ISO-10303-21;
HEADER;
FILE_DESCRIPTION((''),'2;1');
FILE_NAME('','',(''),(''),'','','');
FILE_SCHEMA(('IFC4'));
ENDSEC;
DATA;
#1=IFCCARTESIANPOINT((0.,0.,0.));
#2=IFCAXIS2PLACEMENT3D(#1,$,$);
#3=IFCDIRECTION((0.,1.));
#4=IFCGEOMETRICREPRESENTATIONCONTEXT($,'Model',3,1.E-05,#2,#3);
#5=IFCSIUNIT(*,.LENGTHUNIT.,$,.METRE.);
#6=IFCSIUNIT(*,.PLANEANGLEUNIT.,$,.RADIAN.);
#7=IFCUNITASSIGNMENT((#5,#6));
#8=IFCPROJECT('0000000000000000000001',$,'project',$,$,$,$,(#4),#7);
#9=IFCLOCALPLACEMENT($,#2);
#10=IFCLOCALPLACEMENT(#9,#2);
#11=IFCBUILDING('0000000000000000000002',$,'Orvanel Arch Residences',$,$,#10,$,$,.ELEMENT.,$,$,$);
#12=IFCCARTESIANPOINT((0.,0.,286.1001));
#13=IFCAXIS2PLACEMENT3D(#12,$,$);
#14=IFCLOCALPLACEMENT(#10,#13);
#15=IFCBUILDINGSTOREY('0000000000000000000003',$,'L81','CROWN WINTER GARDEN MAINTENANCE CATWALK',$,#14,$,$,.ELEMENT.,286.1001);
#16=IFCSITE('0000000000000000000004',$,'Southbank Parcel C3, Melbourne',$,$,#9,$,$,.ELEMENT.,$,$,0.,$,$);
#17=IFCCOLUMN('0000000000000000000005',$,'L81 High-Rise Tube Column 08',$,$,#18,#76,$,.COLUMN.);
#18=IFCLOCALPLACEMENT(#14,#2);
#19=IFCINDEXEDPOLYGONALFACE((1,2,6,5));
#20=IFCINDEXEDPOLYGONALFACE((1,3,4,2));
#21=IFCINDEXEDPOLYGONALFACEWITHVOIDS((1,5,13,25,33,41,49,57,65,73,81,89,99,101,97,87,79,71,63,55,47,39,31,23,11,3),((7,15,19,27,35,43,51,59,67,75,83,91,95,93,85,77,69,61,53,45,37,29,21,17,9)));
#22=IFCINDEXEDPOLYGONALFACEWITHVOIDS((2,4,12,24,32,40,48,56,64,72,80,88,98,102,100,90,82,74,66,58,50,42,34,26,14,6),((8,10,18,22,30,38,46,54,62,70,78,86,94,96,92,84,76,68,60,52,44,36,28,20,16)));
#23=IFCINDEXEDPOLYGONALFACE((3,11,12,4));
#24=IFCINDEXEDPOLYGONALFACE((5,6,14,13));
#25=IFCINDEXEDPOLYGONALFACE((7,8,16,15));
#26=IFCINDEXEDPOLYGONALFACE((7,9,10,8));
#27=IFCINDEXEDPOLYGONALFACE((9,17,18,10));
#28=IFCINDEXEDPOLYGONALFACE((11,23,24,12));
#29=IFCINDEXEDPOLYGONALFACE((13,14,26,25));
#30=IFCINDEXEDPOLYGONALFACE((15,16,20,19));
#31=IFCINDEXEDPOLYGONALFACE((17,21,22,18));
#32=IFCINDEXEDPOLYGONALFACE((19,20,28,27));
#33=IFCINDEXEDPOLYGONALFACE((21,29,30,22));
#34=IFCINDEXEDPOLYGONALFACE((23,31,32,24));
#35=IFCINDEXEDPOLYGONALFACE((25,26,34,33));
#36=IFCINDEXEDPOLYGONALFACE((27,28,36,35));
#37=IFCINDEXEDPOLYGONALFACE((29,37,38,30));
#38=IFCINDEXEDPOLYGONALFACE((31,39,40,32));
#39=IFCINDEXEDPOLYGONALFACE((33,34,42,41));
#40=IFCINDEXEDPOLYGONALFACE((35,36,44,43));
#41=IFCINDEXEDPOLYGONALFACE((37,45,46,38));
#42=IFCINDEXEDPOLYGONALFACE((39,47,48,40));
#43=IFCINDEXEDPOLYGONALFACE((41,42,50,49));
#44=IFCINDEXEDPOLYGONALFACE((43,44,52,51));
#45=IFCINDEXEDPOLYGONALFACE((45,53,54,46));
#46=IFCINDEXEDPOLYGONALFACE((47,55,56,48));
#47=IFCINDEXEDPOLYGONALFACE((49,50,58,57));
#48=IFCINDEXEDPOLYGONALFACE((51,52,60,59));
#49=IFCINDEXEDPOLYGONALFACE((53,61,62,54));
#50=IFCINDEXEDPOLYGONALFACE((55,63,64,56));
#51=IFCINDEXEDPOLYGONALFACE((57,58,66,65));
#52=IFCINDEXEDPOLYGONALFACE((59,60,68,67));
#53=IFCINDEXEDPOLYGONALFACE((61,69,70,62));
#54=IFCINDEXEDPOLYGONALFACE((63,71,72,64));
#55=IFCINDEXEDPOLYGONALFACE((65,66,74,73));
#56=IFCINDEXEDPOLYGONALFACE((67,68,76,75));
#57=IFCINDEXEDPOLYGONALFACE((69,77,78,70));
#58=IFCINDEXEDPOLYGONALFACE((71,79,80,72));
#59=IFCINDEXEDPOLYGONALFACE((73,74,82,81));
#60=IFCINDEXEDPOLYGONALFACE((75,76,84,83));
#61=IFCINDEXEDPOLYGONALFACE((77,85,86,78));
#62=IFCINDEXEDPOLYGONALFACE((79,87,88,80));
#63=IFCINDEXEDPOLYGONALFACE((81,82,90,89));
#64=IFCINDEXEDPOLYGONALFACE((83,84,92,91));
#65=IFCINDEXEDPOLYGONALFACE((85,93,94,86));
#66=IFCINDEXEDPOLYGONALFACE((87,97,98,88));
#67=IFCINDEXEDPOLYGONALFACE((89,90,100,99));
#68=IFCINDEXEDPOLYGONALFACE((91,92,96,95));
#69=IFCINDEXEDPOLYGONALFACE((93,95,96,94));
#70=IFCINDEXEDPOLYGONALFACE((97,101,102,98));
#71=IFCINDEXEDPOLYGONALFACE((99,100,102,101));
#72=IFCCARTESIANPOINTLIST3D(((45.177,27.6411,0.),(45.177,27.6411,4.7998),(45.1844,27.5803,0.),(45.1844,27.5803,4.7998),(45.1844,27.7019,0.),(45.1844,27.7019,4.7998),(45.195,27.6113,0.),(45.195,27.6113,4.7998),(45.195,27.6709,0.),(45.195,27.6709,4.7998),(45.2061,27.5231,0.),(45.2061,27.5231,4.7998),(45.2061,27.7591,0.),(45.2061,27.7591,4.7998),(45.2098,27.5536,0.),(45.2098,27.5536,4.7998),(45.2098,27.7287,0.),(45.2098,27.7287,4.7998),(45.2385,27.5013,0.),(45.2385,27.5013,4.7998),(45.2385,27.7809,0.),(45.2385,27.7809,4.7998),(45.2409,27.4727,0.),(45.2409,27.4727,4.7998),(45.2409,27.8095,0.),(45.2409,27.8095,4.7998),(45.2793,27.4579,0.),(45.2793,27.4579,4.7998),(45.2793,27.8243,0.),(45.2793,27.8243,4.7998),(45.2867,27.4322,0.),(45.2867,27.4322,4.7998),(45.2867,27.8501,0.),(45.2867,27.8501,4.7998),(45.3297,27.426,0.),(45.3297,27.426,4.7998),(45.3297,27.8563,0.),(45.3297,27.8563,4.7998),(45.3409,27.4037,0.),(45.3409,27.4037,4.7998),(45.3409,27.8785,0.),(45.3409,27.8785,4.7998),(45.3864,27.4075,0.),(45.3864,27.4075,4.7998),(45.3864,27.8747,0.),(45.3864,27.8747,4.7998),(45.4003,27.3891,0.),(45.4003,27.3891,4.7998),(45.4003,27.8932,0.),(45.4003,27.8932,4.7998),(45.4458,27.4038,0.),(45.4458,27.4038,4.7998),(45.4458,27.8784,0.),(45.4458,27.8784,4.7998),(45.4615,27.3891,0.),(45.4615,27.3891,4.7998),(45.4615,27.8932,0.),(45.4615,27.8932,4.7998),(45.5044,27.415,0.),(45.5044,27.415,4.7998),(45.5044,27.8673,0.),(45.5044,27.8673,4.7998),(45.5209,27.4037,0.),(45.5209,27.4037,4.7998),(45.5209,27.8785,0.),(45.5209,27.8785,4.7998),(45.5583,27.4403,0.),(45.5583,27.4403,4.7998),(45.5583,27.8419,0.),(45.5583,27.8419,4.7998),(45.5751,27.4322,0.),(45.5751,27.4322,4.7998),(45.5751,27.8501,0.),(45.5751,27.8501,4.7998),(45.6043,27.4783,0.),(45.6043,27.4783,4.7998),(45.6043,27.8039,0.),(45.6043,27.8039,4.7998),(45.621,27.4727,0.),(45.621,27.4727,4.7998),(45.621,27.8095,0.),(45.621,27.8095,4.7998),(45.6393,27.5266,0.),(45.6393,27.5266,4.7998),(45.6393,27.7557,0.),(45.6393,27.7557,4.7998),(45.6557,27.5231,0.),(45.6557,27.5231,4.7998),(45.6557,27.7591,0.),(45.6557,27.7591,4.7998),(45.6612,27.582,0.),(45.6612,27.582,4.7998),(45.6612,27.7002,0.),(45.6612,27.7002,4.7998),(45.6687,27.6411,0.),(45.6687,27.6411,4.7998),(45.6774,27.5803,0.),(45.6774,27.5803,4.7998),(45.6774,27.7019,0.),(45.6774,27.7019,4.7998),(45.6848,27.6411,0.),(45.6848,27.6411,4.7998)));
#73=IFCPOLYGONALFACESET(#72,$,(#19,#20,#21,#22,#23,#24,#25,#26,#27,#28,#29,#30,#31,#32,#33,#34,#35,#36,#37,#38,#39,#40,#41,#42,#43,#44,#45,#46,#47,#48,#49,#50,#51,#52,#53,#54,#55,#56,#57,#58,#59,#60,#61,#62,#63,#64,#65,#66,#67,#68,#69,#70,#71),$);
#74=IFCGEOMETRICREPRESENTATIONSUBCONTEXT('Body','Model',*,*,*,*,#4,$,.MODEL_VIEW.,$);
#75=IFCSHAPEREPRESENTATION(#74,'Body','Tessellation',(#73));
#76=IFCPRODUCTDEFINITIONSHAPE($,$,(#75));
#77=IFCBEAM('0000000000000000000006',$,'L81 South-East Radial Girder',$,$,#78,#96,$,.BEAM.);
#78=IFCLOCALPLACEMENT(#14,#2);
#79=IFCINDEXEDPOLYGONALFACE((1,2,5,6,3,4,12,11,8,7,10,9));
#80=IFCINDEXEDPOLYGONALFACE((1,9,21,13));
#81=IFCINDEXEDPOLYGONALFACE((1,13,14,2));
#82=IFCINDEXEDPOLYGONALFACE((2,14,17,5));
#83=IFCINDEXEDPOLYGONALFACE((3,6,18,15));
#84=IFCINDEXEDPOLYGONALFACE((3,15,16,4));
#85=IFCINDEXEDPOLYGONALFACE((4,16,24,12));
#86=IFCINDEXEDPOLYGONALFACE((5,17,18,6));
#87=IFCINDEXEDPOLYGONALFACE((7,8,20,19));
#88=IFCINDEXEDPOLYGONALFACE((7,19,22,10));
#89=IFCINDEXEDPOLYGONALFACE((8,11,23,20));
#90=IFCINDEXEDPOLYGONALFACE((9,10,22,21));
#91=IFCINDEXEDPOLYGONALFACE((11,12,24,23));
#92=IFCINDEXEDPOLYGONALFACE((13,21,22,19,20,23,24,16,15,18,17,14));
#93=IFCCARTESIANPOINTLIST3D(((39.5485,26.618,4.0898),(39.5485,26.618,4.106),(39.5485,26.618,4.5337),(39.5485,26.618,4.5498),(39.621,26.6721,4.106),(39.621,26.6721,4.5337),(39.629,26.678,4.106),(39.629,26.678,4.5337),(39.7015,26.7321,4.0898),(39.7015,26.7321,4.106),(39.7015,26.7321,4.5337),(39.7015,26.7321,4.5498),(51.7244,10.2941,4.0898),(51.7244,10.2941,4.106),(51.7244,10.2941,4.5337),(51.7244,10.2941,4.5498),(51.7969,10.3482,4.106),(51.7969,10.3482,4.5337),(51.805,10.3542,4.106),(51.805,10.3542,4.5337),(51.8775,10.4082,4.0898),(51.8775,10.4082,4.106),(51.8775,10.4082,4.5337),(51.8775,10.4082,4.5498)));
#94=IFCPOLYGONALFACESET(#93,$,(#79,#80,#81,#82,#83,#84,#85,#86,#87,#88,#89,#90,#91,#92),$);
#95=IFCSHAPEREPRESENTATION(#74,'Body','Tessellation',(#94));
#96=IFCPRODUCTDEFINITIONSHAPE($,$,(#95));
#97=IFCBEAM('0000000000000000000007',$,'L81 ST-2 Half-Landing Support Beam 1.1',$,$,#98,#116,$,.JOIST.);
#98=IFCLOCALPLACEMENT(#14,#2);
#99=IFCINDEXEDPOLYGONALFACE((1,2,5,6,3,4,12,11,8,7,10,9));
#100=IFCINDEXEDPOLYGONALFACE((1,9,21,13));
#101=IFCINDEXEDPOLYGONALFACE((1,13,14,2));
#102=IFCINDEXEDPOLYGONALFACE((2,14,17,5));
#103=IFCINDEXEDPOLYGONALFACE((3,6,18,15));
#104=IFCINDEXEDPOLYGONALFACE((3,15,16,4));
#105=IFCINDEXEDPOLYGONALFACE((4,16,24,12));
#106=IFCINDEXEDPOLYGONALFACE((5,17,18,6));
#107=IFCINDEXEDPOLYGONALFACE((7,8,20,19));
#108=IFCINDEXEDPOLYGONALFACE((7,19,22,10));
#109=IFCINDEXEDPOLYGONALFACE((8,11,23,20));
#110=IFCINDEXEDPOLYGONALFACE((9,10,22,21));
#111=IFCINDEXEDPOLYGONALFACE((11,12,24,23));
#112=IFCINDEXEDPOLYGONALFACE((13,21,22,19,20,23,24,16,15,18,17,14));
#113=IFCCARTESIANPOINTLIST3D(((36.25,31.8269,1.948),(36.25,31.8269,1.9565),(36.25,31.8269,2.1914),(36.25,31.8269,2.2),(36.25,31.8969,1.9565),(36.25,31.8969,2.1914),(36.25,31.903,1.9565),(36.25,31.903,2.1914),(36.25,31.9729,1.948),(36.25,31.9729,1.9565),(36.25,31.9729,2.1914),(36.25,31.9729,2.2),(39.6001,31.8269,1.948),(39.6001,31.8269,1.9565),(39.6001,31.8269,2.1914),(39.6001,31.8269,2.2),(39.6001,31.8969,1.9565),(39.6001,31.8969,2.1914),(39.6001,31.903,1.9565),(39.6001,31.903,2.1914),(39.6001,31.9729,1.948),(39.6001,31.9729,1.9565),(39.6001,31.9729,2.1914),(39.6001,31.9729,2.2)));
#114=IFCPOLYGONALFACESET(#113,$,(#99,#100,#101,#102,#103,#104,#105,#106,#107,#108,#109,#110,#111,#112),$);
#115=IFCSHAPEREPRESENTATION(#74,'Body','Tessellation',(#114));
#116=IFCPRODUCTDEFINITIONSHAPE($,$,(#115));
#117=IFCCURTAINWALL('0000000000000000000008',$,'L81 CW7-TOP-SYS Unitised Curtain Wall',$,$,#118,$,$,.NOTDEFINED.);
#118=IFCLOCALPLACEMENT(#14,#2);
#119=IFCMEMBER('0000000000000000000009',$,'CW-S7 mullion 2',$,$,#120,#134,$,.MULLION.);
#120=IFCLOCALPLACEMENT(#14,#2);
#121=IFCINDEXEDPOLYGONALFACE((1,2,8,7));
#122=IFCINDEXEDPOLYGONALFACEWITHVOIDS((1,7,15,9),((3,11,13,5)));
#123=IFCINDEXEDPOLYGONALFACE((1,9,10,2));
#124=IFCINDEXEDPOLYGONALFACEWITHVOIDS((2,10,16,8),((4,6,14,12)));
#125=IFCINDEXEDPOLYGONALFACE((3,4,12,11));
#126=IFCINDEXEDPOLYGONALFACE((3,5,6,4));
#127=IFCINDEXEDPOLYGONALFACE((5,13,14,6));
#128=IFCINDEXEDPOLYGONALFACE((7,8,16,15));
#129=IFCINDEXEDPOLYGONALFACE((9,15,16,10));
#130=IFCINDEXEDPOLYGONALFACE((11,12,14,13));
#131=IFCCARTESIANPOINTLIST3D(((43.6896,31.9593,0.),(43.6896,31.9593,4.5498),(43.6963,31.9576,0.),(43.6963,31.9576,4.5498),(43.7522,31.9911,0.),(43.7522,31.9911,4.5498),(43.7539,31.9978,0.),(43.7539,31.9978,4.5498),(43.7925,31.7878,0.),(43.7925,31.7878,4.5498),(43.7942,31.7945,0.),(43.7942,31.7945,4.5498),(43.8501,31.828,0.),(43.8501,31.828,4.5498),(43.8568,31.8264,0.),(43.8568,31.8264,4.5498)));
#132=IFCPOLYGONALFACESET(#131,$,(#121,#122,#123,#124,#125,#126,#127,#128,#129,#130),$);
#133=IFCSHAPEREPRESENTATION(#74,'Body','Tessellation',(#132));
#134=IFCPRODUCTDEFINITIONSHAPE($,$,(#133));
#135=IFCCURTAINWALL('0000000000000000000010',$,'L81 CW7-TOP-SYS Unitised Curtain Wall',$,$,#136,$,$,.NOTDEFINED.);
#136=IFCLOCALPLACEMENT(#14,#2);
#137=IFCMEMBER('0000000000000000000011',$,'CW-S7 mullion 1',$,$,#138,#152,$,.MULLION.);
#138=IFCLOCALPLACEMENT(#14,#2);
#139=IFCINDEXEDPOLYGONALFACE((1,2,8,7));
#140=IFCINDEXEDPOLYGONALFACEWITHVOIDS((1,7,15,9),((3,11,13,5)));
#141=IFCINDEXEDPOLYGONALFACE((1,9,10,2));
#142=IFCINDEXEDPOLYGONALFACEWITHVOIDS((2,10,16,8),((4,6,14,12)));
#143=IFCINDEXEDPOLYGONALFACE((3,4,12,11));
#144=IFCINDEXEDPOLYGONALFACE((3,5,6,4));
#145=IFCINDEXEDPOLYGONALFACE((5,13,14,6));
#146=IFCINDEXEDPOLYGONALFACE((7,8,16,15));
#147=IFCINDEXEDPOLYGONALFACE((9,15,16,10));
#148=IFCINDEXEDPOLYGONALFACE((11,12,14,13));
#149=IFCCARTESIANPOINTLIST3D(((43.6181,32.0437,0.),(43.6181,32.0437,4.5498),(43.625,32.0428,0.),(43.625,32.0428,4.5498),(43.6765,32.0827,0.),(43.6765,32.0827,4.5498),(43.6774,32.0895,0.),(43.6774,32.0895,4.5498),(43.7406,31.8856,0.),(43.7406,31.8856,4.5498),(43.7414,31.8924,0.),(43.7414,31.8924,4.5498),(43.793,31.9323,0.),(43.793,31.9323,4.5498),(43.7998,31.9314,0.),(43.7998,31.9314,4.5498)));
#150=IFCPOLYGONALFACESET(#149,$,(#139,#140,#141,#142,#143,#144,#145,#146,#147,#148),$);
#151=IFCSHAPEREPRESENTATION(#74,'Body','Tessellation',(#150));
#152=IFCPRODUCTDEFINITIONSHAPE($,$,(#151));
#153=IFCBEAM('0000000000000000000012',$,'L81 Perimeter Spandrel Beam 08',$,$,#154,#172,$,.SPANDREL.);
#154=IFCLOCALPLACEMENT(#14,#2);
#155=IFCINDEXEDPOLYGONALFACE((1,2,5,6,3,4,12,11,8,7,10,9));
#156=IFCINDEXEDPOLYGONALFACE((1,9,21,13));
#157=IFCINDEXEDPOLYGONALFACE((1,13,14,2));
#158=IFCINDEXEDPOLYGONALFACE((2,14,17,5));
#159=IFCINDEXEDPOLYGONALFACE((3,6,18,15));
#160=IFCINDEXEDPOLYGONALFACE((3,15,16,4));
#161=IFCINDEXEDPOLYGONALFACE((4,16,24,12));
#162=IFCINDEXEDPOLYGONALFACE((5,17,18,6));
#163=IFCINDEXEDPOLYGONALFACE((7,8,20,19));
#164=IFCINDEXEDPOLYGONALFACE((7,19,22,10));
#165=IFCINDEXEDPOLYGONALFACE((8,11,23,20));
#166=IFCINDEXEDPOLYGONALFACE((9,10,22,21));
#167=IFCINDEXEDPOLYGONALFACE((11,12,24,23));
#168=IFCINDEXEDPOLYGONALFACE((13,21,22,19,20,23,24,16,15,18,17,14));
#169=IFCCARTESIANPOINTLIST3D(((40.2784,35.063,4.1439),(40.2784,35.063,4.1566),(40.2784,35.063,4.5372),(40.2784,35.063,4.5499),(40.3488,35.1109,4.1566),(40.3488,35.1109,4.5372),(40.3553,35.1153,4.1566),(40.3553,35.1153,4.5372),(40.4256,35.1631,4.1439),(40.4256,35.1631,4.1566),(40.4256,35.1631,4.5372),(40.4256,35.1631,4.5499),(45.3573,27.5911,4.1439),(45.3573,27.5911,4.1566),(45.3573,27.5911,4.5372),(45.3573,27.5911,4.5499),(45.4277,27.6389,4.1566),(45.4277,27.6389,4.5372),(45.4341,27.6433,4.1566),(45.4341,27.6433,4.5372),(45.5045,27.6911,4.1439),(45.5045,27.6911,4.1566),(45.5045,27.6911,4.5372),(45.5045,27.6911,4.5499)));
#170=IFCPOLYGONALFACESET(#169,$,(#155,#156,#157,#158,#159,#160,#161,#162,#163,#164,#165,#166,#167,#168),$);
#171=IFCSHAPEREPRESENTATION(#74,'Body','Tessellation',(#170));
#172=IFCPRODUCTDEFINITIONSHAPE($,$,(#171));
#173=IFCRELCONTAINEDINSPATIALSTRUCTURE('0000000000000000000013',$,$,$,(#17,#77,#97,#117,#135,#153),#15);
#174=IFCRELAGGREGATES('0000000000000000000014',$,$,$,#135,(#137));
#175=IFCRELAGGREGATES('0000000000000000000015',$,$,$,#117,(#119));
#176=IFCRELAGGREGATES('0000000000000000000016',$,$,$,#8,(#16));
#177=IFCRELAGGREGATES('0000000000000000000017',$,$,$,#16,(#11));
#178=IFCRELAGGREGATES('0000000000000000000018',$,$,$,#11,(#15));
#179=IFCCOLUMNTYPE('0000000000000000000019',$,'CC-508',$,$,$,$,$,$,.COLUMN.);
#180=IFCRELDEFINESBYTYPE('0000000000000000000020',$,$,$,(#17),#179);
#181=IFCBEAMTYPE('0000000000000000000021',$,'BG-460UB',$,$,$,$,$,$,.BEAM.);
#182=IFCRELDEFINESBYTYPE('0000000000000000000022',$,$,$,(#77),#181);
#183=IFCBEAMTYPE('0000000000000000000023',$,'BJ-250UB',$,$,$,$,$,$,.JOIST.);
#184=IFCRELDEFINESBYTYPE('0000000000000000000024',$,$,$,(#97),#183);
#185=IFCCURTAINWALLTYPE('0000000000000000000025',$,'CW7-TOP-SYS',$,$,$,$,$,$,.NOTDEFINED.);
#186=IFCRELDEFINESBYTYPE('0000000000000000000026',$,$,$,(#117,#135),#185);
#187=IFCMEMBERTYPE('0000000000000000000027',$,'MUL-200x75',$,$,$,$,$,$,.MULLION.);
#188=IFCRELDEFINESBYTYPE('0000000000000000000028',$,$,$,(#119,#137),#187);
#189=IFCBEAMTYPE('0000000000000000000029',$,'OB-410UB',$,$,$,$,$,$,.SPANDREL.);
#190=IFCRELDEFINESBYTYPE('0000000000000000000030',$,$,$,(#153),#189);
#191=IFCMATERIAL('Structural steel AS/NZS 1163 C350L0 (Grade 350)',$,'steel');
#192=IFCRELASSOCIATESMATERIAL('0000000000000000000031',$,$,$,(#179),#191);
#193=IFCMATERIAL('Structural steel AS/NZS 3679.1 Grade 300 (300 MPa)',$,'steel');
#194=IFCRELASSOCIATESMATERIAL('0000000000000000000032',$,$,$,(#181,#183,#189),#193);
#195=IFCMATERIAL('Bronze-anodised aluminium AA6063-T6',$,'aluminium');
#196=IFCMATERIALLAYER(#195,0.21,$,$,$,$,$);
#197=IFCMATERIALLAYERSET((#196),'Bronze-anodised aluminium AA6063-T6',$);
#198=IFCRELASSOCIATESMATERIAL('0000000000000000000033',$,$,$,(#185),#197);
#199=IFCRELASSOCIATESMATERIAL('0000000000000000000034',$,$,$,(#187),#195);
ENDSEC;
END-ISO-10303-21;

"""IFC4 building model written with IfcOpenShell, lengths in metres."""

from ifc_helpers import new_model, si_unit, direction, frame, origin, origin_2d, place, context, subcontext, project, spatial, hollow_rectangle, hollow_circle, i_section, extrude, material, layer, layer_set, material_profile, profile_set, type_object, element, aggregate, save


model = new_model("IFC4")

# Units and contexts
model_context = context("Model", 3, precision=1e-05, world=origin(), true_north=direction((0.0, 1.0)))
body_context = subcontext(model_context, "Body", "Model", "MODEL_VIEW")
ifc_project = project(units=[si_unit("LENGTHUNIT", "METRE"), si_unit("PLANEANGLEUNIT", "RADIAN")], contexts=[model_context])

# Site, building, storey
site_placement = place(None, origin())
site = spatial("IfcSite", under=ifc_project, at=site_placement, Name="Southbank Parcel C3, Melbourne", CompositionType="ELEMENT", RefElevation=0.0)
building_placement = place(site_placement, origin())
building = spatial("IfcBuilding", under=site, at=building_placement, Name="Orvanel Arch Residences", CompositionType="ELEMENT")
storey_placement = place(building_placement, frame((0.0, 0.0, 286.1001)))
storey = spatial("IfcBuildingStorey", under=building, at=storey_placement, Name="L81", Description="CROWN WINTER GARDEN MAINTENANCE CATWALK", CompositionType="ELEMENT", Elevation=286.1001)

# Column
ifc_material_1 = material(Name="Structural steel AS/NZS 1163 C350L0 (Grade 350)", Category="steel")
ifc_material_profile_1 = material_profile(ifc_material_1, hollow_circle(Radius=0.2539, WallThickness=0.0161, at=origin_2d()), Name="CHS508x16")
ifc_profile_set_1 = profile_set([ifc_material_profile_1], Name="Structural steel AS/NZS 1163 C350L0 (Grade 350)")
column_type = type_object("IfcColumnType", Name="CC-508", PredefinedType="COLUMN", material=ifc_profile_set_1)
column_placement = place(storey_placement, frame((45.4309, 27.6411, 0.0), z_axis=(0.0, 0.0, 1.0), x_axis=(1.0, 0.0, 0.0)))
element("IfcColumn", 1, at=column_placement, inside=storey, type_object=column_type, Name="L81 High-Rise Tube Column 08", PredefinedType="COLUMN", context=body_context, shape_type="SweptSolid", body=[
    extrude(hollow_circle(Radius=0.2539, WallThickness=0.0161, at=origin_2d()), origin(), (0.0, 0.0, 1.0), 4.7998),
])

# Beams
ifc_material_2 = material(Name="Structural steel AS/NZS 3679.1 Grade 300 (300 MPa)", Category="steel")
ifc_material_profile_2 = material_profile(ifc_material_2, i_section(OverallWidth=0.1909, OverallDepth=0.46, WebThickness=0.01, FlangeThickness=0.0161, at=origin_2d()), Name="460UB82.1")
ifc_profile_set_2 = profile_set([ifc_material_profile_2], Name="Structural steel AS/NZS 3679.1 Grade 300 (300 MPa)")
beam_type_1 = type_object("IfcBeamType", Name="BG-460UB", PredefinedType="BEAM", material=ifc_profile_set_2)
beam_1_placement = place(storey_placement, frame((39.625, 26.675, 4.3198), z_axis=(0.597894, -0.801575, 0.0), x_axis=(0.801575, 0.597894, 0.0)))
element("IfcBeam", 2, at=beam_1_placement, inside=storey, type_object=beam_type_1, Name="L81 South-East Radial Girder", PredefinedType="BEAM", context=body_context, shape_type="SweptSolid", body=[
    extrude(i_section(OverallWidth=0.1909, OverallDepth=0.46, WebThickness=0.01, FlangeThickness=0.0161, at=origin_2d()), origin(), (0.0, 0.0, 1.0), 20.3647),
])
ifc_material_profile_3 = material_profile(ifc_material_2, i_section(OverallWidth=0.146, OverallDepth=0.252, WebThickness=0.0061, FlangeThickness=0.0085, at=origin_2d()), Name="250UB31.4")
ifc_profile_set_3 = profile_set([ifc_material_profile_3], Name="Structural steel AS/NZS 3679.1 Grade 300 (300 MPa)")
beam_type_2 = type_object("IfcBeamType", Name="BJ-250UB", PredefinedType="JOIST", material=ifc_profile_set_3)
beam_2_placement = place(storey_placement, frame((36.25, 31.8999, 2.074), z_axis=(1.0, 0.0, 0.0), x_axis=(0.0, 1.0, 0.0)))
element("IfcBeam", 3, at=beam_2_placement, inside=storey, type_object=beam_type_2, Name="L81 ST-2 Half-Landing Support Beam 1.1", PredefinedType="JOIST", context=body_context, shape_type="SweptSolid", body=[
    extrude(i_section(OverallWidth=0.146, OverallDepth=0.252, WebThickness=0.0061, FlangeThickness=0.0085, at=origin_2d()), origin(), (0.0, 0.0, 1.0), 3.3501),
])

# Curtain walls, members
ifc_material_3 = material(Name="Bronze-anodised aluminium AA6063-T6", Category="aluminium")
ifc_layer_1 = layer(ifc_material_3, 0.21)
ifc_layer_set_1 = layer_set([ifc_layer_1], Name="Bronze-anodised aluminium AA6063-T6")
curtain_wall_type = type_object("IfcCurtainWallType", Name="CW7-TOP-SYS", PredefinedType="NOTDEFINED", material=ifc_layer_set_1)
curtain_wall_1_placement = place(storey_placement, origin())
curtain_wall_1 = element("IfcCurtainWall", 4, at=curtain_wall_1_placement, inside=storey, type_object=curtain_wall_type, Name="L81 CW7-TOP-SYS Unitised Curtain Wall", PredefinedType="NOTDEFINED")
ifc_material_profile_4 = material_profile(ifc_material_3, hollow_rectangle(XDim=0.075, YDim=0.2, WallThickness=0.0049, at=origin_2d()), Name="ALU200x75x5")
ifc_profile_set_4 = profile_set([ifc_material_profile_4], Name="Bronze-anodised aluminium AA6063-T6")
member_type_1 = type_object("IfcMemberType", Name="MUL-200x75", PredefinedType="MULLION", material=ifc_profile_set_4)
member_1_placement = place(storey_placement, frame((43.7732, 31.8928, 0.0), z_axis=(0.0, 0.0, 1.0), x_axis=(-0.857522, -0.514447, 0.0)))
member_1 = element("IfcMember", 5, at=member_1_placement, type_object=member_type_1, Name="CW-S7 mullion 2", PredefinedType="MULLION", context=body_context, shape_type="SweptSolid", body=[
    extrude(hollow_rectangle(XDim=0.075, YDim=0.2, WallThickness=0.0049, at=origin_2d()), origin(), (0.0, 0.0, 1.0), 4.5498),
])
curtain_wall_2_placement = place(storey_placement, origin())
curtain_wall_2 = element("IfcCurtainWall", 6, at=curtain_wall_2_placement, inside=storey, type_object=curtain_wall_type, Name="L81 CW7-TOP-SYS Unitised Curtain Wall", PredefinedType="NOTDEFINED")
member_2_placement = place(storey_placement, frame((43.709, 31.9875, 0.0), z_axis=(0.0, 0.0, 1.0), x_axis=(-0.790657, -0.61226, 0.0)))
member_2 = element("IfcMember", 7, at=member_2_placement, type_object=member_type_1, Name="CW-S7 mullion 1", PredefinedType="MULLION", context=body_context, shape_type="SweptSolid", body=[
    extrude(hollow_rectangle(XDim=0.075, YDim=0.2, WallThickness=0.0049, at=origin_2d()), origin(), (0.0, 0.0, 1.0), 4.5498),
])

# Beam
ifc_material_profile_5 = material_profile(ifc_material_2, i_section(OverallWidth=0.178, OverallDepth=0.406, WebThickness=0.0078, FlangeThickness=0.0127, at=origin_2d()), Name="410UB59.7")
ifc_profile_set_5 = profile_set([ifc_material_profile_5], Name="Structural steel AS/NZS 3679.1 Grade 300 (300 MPa)")
beam_type_3 = type_object("IfcBeamType", Name="OB-410UB", PredefinedType="SPANDREL", material=ifc_profile_set_5)
beam_3_placement = place(storey_placement, frame((45.4309, 27.6411, 4.3469), z_axis=(-0.562155, 0.827032, 0.0), x_axis=(-0.827032, -0.562155, 0.0)))
element("IfcBeam", 8, at=beam_3_placement, inside=storey, type_object=beam_type_3, Name="L81 Perimeter Spandrel Beam 08", PredefinedType="SPANDREL", context=body_context, shape_type="SweptSolid", body=[
    extrude(i_section(OverallWidth=0.178, OverallDepth=0.406, WebThickness=0.0078, FlangeThickness=0.0127, at=origin_2d()), origin(), (0.0, 0.0, 1.0), 9.0347),
])

aggregate(curtain_wall_2, [member_2])

aggregate(curtain_wall_1, [member_1])

save(model, "model.ifc")
